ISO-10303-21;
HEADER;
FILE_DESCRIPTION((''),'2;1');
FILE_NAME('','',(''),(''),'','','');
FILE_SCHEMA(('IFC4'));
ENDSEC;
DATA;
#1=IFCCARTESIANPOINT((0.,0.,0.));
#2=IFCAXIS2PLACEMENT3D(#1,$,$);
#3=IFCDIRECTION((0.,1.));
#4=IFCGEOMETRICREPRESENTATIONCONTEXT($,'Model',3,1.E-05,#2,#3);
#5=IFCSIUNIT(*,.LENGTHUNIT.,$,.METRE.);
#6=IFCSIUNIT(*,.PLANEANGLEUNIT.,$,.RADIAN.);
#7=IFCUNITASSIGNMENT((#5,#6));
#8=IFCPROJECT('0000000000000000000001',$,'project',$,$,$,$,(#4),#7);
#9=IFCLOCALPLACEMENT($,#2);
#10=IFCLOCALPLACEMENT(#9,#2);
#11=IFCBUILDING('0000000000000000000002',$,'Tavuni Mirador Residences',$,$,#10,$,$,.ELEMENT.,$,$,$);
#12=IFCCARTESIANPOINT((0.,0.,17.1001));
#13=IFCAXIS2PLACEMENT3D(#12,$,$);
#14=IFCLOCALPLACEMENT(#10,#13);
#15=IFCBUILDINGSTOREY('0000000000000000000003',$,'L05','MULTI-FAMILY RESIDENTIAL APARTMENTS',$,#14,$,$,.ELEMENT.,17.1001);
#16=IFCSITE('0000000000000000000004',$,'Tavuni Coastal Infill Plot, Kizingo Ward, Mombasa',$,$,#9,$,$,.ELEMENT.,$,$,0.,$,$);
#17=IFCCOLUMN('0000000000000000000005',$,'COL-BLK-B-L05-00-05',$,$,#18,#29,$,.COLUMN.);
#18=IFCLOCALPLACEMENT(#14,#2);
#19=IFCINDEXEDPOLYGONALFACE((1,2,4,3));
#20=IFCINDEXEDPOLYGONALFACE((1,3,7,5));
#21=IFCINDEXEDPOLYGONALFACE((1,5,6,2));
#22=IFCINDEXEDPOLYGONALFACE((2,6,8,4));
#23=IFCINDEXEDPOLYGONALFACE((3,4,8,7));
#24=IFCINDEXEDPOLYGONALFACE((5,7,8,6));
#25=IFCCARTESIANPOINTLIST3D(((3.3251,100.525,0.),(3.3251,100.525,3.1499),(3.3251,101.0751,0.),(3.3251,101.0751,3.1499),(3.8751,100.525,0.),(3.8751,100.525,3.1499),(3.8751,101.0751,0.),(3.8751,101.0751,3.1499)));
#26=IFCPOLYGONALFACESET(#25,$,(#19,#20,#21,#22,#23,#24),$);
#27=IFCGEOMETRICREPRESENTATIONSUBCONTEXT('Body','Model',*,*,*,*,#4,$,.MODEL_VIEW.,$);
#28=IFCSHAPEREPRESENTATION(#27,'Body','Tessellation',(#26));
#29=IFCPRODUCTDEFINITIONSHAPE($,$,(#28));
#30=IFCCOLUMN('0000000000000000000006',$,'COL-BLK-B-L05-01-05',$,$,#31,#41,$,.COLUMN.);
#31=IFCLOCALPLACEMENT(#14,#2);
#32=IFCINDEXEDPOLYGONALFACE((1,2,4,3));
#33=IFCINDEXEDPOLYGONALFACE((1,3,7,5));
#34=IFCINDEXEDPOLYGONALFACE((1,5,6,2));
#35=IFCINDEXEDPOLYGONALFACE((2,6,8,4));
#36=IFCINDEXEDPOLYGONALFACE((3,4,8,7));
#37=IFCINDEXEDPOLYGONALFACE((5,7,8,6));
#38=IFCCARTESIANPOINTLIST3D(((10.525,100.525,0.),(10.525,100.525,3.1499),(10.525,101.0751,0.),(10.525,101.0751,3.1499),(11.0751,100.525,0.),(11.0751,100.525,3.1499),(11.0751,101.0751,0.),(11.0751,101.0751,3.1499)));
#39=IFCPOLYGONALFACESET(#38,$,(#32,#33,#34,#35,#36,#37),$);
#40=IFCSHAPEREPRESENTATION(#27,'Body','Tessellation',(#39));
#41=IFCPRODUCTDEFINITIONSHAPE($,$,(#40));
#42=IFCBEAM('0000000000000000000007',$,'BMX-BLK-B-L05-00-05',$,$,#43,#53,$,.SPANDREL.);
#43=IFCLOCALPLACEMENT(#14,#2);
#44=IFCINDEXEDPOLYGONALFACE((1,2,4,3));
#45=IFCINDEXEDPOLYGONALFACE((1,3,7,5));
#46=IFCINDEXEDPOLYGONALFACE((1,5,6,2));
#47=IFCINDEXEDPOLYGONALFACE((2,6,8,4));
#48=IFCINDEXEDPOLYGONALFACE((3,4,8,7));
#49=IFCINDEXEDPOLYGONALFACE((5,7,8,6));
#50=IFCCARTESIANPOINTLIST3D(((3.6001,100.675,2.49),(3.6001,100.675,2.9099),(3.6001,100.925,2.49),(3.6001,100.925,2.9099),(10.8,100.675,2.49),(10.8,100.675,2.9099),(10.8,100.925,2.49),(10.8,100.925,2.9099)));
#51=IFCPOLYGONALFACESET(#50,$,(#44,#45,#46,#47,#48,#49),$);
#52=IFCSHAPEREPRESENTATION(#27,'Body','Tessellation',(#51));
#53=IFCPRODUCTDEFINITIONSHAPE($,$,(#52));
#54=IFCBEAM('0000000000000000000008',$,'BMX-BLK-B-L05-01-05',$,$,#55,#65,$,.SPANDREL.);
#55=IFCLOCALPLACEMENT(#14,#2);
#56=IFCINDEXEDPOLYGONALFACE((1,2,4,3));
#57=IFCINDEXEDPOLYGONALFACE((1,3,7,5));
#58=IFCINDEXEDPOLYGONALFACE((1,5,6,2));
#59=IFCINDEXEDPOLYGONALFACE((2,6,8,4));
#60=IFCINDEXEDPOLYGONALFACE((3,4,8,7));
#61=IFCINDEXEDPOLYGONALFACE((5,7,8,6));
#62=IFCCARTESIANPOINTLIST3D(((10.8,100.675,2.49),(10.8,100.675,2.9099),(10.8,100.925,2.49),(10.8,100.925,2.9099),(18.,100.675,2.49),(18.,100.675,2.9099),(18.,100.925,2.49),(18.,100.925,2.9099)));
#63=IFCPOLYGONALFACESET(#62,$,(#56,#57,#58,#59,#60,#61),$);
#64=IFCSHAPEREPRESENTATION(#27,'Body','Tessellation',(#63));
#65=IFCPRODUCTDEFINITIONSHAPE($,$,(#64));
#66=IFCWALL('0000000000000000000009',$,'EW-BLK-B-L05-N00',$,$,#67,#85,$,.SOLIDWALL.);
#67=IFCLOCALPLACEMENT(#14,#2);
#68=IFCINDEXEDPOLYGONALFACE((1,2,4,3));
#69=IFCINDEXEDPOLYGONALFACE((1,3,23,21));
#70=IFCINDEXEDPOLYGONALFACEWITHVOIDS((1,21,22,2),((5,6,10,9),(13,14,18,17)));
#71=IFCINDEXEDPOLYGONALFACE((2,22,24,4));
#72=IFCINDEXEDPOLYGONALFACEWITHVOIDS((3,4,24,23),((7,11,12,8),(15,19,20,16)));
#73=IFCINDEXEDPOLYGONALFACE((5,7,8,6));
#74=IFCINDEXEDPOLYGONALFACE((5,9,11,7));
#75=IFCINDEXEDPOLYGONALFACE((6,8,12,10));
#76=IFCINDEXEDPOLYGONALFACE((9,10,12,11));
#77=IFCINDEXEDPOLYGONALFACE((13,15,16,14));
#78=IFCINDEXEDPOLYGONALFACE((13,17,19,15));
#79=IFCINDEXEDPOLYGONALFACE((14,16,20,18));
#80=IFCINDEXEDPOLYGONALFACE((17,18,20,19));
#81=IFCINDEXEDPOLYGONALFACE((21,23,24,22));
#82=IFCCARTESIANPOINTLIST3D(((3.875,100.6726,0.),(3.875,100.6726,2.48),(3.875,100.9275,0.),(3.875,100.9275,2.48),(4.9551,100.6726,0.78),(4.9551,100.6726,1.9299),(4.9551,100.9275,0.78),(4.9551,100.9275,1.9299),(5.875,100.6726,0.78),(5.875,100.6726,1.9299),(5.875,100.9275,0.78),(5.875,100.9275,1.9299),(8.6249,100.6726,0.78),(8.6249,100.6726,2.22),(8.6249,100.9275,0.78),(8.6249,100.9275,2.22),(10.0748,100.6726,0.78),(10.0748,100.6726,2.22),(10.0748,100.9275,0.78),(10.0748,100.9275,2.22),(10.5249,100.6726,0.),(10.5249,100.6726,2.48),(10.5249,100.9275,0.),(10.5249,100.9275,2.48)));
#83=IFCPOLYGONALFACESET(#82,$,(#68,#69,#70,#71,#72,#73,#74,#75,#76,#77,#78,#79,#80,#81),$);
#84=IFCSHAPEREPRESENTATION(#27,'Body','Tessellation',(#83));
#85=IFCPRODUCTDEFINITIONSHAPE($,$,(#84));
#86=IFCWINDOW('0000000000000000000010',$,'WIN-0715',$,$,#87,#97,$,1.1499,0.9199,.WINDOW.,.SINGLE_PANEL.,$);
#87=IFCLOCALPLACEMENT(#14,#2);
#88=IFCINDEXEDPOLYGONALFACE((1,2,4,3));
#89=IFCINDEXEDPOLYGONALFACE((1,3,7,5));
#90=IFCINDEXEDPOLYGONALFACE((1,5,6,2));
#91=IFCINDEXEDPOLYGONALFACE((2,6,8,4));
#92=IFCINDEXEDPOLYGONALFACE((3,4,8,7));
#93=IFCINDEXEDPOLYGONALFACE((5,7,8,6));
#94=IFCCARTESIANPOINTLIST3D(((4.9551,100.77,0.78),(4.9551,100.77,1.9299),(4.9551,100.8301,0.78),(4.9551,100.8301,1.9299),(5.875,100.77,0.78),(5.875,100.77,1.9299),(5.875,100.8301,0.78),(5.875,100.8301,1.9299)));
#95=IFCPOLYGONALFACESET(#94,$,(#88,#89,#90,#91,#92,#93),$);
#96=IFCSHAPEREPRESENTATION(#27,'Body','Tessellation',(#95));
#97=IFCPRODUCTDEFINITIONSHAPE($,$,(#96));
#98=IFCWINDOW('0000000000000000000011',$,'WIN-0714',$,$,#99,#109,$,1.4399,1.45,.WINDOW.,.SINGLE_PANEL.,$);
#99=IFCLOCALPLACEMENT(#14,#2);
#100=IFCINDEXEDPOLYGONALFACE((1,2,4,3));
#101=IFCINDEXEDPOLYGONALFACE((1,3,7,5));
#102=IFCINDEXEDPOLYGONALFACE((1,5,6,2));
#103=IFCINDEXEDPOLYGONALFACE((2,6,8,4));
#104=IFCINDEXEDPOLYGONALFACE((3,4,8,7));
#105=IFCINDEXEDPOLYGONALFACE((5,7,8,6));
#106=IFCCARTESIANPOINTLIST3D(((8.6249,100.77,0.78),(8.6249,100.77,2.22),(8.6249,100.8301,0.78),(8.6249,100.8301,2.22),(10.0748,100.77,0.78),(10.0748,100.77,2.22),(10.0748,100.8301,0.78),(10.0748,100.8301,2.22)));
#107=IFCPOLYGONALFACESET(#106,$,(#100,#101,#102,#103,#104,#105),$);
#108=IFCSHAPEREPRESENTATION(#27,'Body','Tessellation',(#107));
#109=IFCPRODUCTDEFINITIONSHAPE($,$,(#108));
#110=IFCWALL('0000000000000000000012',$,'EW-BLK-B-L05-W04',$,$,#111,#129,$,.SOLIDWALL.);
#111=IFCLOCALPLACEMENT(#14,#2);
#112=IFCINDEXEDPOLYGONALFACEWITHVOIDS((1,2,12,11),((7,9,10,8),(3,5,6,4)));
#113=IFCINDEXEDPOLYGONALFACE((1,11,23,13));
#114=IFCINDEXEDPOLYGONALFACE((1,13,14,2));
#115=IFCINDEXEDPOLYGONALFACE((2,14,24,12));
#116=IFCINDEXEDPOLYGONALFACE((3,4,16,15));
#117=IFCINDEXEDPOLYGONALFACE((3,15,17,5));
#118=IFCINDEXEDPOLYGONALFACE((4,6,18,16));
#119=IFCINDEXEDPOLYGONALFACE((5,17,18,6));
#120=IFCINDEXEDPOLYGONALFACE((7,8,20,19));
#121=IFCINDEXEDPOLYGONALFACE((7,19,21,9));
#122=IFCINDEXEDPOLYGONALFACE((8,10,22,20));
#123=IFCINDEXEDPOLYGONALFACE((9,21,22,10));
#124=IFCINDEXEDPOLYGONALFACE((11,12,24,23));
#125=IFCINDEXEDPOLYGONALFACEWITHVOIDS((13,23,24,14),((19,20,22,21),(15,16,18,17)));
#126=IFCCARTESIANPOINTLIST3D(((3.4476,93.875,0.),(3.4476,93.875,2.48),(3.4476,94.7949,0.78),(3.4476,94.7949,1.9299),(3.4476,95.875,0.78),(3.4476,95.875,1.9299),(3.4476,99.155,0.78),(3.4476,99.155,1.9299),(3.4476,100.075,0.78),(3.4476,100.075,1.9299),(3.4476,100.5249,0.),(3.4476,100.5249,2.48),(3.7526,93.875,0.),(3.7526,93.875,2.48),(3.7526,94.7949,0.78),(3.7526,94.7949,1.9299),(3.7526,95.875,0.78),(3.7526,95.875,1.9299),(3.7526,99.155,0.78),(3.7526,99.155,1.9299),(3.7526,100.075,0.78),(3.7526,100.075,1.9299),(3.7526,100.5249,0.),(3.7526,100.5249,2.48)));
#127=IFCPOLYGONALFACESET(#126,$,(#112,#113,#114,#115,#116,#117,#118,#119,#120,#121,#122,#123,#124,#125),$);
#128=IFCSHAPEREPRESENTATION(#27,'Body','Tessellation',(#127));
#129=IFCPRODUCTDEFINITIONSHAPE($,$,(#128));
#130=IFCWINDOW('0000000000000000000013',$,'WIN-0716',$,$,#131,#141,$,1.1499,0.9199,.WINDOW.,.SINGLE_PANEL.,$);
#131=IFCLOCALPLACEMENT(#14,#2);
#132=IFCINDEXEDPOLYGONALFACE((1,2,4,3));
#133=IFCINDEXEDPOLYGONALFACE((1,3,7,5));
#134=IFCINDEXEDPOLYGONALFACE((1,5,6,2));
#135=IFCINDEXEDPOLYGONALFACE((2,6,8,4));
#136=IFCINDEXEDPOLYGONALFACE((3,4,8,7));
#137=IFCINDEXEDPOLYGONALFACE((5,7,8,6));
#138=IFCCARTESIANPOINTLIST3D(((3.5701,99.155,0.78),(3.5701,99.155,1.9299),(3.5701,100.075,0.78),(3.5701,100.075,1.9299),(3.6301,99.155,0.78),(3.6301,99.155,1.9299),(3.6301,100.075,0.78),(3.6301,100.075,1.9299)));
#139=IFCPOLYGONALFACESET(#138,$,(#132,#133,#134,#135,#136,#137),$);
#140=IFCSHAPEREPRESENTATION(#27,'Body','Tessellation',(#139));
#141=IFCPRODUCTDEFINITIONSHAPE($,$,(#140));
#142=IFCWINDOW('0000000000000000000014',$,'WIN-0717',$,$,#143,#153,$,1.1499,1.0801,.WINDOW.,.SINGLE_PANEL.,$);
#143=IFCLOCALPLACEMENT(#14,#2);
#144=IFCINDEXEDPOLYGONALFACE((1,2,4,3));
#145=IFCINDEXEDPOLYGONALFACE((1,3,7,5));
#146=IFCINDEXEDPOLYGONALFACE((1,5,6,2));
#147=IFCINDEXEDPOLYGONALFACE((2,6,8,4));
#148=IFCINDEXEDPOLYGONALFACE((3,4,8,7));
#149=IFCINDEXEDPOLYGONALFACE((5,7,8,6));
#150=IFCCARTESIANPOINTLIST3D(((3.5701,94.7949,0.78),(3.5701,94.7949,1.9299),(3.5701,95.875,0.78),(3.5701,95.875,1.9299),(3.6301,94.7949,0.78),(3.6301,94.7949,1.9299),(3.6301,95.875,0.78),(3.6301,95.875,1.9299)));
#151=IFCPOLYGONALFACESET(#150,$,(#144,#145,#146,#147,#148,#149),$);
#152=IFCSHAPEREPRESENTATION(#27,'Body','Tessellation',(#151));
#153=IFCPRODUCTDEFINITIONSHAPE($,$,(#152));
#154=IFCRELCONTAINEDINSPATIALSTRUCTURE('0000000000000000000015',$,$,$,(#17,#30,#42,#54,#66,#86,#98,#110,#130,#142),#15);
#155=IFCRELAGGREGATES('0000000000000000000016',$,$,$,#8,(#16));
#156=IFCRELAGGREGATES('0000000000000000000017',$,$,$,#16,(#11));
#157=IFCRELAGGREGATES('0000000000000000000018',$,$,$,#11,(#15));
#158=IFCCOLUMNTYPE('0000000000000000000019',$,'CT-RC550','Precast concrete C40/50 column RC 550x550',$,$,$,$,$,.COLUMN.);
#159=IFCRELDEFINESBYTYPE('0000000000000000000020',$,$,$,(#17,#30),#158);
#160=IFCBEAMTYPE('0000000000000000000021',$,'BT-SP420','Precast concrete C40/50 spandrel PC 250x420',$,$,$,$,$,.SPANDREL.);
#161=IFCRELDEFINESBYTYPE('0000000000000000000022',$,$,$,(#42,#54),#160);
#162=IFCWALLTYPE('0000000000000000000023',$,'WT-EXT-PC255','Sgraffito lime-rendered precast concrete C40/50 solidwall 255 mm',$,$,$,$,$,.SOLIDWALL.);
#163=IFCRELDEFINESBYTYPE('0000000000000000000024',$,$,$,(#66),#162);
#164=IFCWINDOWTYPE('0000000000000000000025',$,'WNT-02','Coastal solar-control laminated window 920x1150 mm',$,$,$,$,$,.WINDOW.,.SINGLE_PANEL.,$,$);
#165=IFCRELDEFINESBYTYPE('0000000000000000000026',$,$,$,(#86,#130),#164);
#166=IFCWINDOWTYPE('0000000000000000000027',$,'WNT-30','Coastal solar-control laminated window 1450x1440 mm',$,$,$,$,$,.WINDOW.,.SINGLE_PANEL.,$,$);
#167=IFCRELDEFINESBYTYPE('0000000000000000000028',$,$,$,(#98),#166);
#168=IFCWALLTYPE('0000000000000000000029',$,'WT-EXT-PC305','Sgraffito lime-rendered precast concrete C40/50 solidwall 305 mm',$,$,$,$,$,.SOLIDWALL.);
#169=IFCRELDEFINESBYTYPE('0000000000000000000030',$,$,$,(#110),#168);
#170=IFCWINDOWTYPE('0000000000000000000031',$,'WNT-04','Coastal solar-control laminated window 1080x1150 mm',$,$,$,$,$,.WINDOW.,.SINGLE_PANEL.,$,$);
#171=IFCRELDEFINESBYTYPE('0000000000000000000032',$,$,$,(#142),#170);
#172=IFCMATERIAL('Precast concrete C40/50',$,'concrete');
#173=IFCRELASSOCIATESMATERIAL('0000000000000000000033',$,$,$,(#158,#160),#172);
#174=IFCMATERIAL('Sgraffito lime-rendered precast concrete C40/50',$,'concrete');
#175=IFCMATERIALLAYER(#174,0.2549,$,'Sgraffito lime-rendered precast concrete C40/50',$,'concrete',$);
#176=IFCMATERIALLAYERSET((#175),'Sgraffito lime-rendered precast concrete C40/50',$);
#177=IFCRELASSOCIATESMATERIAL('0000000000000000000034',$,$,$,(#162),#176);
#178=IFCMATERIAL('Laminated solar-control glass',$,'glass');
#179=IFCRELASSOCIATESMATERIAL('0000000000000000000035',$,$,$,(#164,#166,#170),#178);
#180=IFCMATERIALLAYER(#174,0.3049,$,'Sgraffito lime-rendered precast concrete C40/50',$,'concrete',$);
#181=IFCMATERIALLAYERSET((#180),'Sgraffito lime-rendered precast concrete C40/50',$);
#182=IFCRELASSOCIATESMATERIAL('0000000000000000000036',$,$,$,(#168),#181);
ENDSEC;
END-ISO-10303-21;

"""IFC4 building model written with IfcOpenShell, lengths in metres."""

from ifc_helpers import new_model, si_unit, direction, frame, frame_2d, origin, origin_2d, place, context, subcontext, project, spatial, rectangle, extrude, material, layer, layer_set, material_profile, profile_set, type_object, element, fill, save


model = new_model("IFC4")

# Units and contexts
model_context = context("Model", 3, precision=1e-05, world=origin(), true_north=direction((0.0, 1.0)))
body_context = subcontext(model_context, "Body", "Model", "MODEL_VIEW")
ifc_project = project(units=[si_unit("LENGTHUNIT", "METRE"), si_unit("PLANEANGLEUNIT", "RADIAN")], contexts=[model_context])

# Site, building, storey
site_placement = place(None, origin())
site = spatial("IfcSite", under=ifc_project, at=site_placement, Name="Tavuni Coastal Infill Plot, Kizingo Ward, Mombasa", CompositionType="ELEMENT", RefElevation=0.0)
building_placement = place(site_placement, origin())
building = spatial("IfcBuilding", under=site, at=building_placement, Name="Tavuni Mirador Residences", CompositionType="ELEMENT")
storey_placement = place(building_placement, frame((0.0, 0.0, 17.1001)))
storey = spatial("IfcBuildingStorey", under=building, at=storey_placement, Name="L05", Description="MULTI-FAMILY RESIDENTIAL APARTMENTS", CompositionType="ELEMENT", Elevation=17.1001)

# Columns
ifc_material_1 = material(Name="Precast concrete C40/50", Category="concrete")
ifc_material_profile_1 = material_profile(ifc_material_1, rectangle(XDim=0.55, YDim=0.55, at=origin_2d()), Name="RC 550x550", Category="concrete")
ifc_profile_set_1 = profile_set([ifc_material_profile_1], Name="Precast concrete C40/50")
column_type = type_object("IfcColumnType", Name="CT-RC550", Description="Precast concrete C40/50 column RC 550x550", PredefinedType="COLUMN", material=ifc_profile_set_1)
for number, where, z_axis, x_axis, name in (
    (1, (3.6001, 100.8, 0.0), (0.0, 0.0, 1.0), (1.0, 0.0, 0.0), "COL-BLK-B-L05-00-05"),
    (2, (10.8, 100.8, 0.0), (0.0, 0.0, 1.0), (1.0, 0.0, 0.0), "COL-BLK-B-L05-01-05"),
):
    element("IfcColumn", number, at=place(storey_placement, frame(where, z_axis=z_axis, x_axis=x_axis)), inside=storey, type_object=column_type, Name=name, PredefinedType="COLUMN", context=body_context, shape_type="SweptSolid", body=[
        extrude(rectangle(XDim=0.55, YDim=0.55, at=origin_2d()), origin(), (0.0, 0.0, 1.0), 3.1499),
    ])

# Beams
ifc_material_profile_2 = material_profile(ifc_material_1, rectangle(XDim=0.25, YDim=0.4199, at=origin_2d()), Name="PC 250x420", Category="concrete")
ifc_profile_set_2 = profile_set([ifc_material_profile_2], Name="Precast concrete C40/50")
beam_type = type_object("IfcBeamType", Name="BT-SP420", Description="Precast concrete C40/50 spandrel PC 250x420", PredefinedType="SPANDREL", material=ifc_profile_set_2)
for number, where, z_axis, x_axis, name in (
    (3, (3.6001, 100.8, 2.7), (1.0, 0.0, 0.0), (0.0, 1.0, 0.0), "BMX-BLK-B-L05-00-05"),
    (4, (10.8, 100.8, 2.7), (1.0, 0.0, 0.0), (0.0, 1.0, 0.0), "BMX-BLK-B-L05-01-05"),
):
    element("IfcBeam", number, at=place(storey_placement, frame(where, z_axis=z_axis, x_axis=x_axis)), inside=storey, type_object=beam_type, Name=name, PredefinedType="SPANDREL", context=body_context, shape_type="SweptSolid", body=[
        extrude(rectangle(XDim=0.25, YDim=0.4199, at=origin_2d()), origin(), (0.0, 0.0, 1.0), 7.2),
    ])

# Walls, openings, windows
ifc_material_2 = material(Name="Sgraffito lime-rendered precast concrete C40/50", Category="concrete")
ifc_layer_1 = layer(ifc_material_2, 0.2549, Name="Sgraffito lime-rendered precast concrete C40/50", Category="concrete")
ifc_layer_set_1 = layer_set([ifc_layer_1], Name="Sgraffito lime-rendered precast concrete C40/50")
wall_type_1 = type_object("IfcWallType", Name="WT-EXT-PC255", Description="Sgraffito lime-rendered precast concrete C40/50 solidwall 255 mm", PredefinedType="SOLIDWALL", material=ifc_layer_set_1)
wall_1_placement = place(storey_placement, frame((10.5249, 100.8, 0.0), z_axis=(0.0, 0.0, 1.0), x_axis=(-1.0, 0.0, 0.0)))
wall_1 = element("IfcWall", 5, at=wall_1_placement, inside=storey, type_object=wall_type_1, Name="EW-BLK-B-L05-N00", PredefinedType="SOLIDWALL", context=body_context, shape_type="SweptSolid", body=[
    extrude(rectangle(XDim=6.6499, YDim=0.2549, at=frame_2d((3.325, 0.0))), origin(), (0.0, 0.0, 1.0), 2.48),
])
opening_1_placement = place(wall_1_placement, frame((0.45, 0.0, 0.78)))
opening_1 = element("IfcOpeningElement", 6, at=opening_1_placement, cuts=wall_1, PredefinedType="OPENING", context=body_context, shape_type="SweptSolid", body=[
    extrude(rectangle(XDim=1.45, YDim=1.4399, at=frame_2d((0.7251, 0.72))), frame((0.0, 0.1375, 0.0), z_axis=(0.0, -1.0, 0.0), x_axis=(1.0, 0.0, 0.0)), (0.0, 0.0, 1.0), 0.2749),
])
opening_2_placement = place(wall_1_placement, frame((4.6499, 0.0, 0.78)))
opening_2 = element("IfcOpeningElement", 7, at=opening_2_placement, cuts=wall_1, PredefinedType="OPENING", context=body_context, shape_type="SweptSolid", body=[
    extrude(rectangle(XDim=0.9199, YDim=1.1499, at=frame_2d((0.46, 0.575))), frame((0.0, 0.1375, 0.0), z_axis=(0.0, -1.0, 0.0), x_axis=(1.0, 0.0, 0.0)), (0.0, 0.0, 1.0), 0.2749),
])
ifc_material_3 = material(Name="Laminated solar-control glass", Category="glass")
window_type_1 = type_object("IfcWindowType", Name="WNT-02", Description="Coastal solar-control laminated window 920x1150 mm", PartitioningType="SINGLE_PANEL", PredefinedType="WINDOW", material=ifc_material_3)
window_1_placement = place(opening_2_placement, origin())
window_1 = element("IfcWindow", 8, at=window_1_placement, inside=storey, type_object=window_type_1, Name="WIN-0715", OverallHeight=1.1499, OverallWidth=0.9199, PartitioningType="SINGLE_PANEL", PredefinedType="WINDOW", context=body_context, shape_type="SweptSolid", body=[
    extrude(rectangle(XDim=0.9199, YDim=1.1499, at=frame_2d((0.46, 0.575))), frame((0.0, 0.03, 0.0), z_axis=(0.0, -1.0, 0.0), x_axis=(1.0, 0.0, 0.0)), (0.0, 0.0, 1.0), 0.0601),
])
fill(opening_2, window_1)
window_type_2 = type_object("IfcWindowType", Name="WNT-30", Description="Coastal solar-control laminated window 1450x1440 mm", PartitioningType="SINGLE_PANEL", PredefinedType="WINDOW", material=ifc_material_3)
window_2_placement = place(opening_1_placement, origin())
window_2 = element("IfcWindow", 9, at=window_2_placement, inside=storey, type_object=window_type_2, Name="WIN-0714", OverallHeight=1.4399, OverallWidth=1.45, PartitioningType="SINGLE_PANEL", PredefinedType="WINDOW", context=body_context, shape_type="SweptSolid", body=[
    extrude(rectangle(XDim=1.45, YDim=1.4399, at=frame_2d((0.7251, 0.72))), frame((0.0, 0.03, 0.0), z_axis=(0.0, -1.0, 0.0), x_axis=(1.0, 0.0, 0.0)), (0.0, 0.0, 1.0), 0.0601),
])
fill(opening_1, window_2)
ifc_layer_2 = layer(ifc_material_2, 0.3049, Name="Sgraffito lime-rendered precast concrete C40/50", Category="concrete")
ifc_layer_set_2 = layer_set([ifc_layer_2], Name="Sgraffito lime-rendered precast concrete C40/50")
wall_type_2 = type_object("IfcWallType", Name="WT-EXT-PC305", Description="Sgraffito lime-rendered precast concrete C40/50 solidwall 305 mm", PredefinedType="SOLIDWALL", material=ifc_layer_set_2)
wall_2_placement = place(storey_placement, frame((3.6001, 100.5249, 0.0), z_axis=(0.0, 0.0, 1.0), x_axis=(0.0, -1.0, 0.0)))
wall_2 = element("IfcWall", 10, at=wall_2_placement, inside=storey, type_object=wall_type_2, Name="EW-BLK-B-L05-W04", PredefinedType="SOLIDWALL", context=body_context, shape_type="SweptSolid", body=[
    extrude(rectangle(XDim=6.6499, YDim=0.3049, at=frame_2d((3.325, 0.0))), origin(), (0.0, 0.0, 1.0), 2.48),
])
opening_3_placement = place(wall_2_placement, frame((0.45, 0.0, 0.78)))
opening_3 = element("IfcOpeningElement", 11, at=opening_3_placement, cuts=wall_2, PredefinedType="OPENING", context=body_context, shape_type="SweptSolid", body=[
    extrude(rectangle(XDim=0.9199, YDim=1.1499, at=frame_2d((0.46, 0.575))), frame((0.0, 0.1626, 0.0), z_axis=(0.0, -1.0, 0.0), x_axis=(1.0, 0.0, 0.0)), (0.0, 0.0, 1.0), 0.325),
])
opening_4_placement = place(wall_2_placement, frame((4.6499, 0.0, 0.78)))
opening_4 = element("IfcOpeningElement", 12, at=opening_4_placement, cuts=wall_2, PredefinedType="OPENING", context=body_context, shape_type="SweptSolid", body=[
    extrude(rectangle(XDim=1.0801, YDim=1.1499, at=frame_2d((0.54, 0.575))), frame((0.0, 0.1626, 0.0), z_axis=(0.0, -1.0, 0.0), x_axis=(1.0, 0.0, 0.0)), (0.0, 0.0, 1.0), 0.325),
])
window_3_placement = place(opening_3_placement, origin())
window_3 = element("IfcWindow", 13, at=window_3_placement, inside=storey, type_object=window_type_1, Name="WIN-0716", OverallHeight=1.1499, OverallWidth=0.9199, PartitioningType="SINGLE_PANEL", PredefinedType="WINDOW", context=body_context, shape_type="SweptSolid", body=[
    extrude(rectangle(XDim=0.9199, YDim=1.1499, at=frame_2d((0.46, 0.575))), frame((0.0, 0.03, 0.0), z_axis=(0.0, -1.0, 0.0), x_axis=(1.0, 0.0, 0.0)), (0.0, 0.0, 1.0), 0.0601),
])
fill(opening_3, window_3)
window_type_3 = type_object("IfcWindowType", Name="WNT-04", Description="Coastal solar-control laminated window 1080x1150 mm", PartitioningType="SINGLE_PANEL", PredefinedType="WINDOW", material=ifc_material_3)
window_4_placement = place(opening_4_placement, origin())
window_4 = element("IfcWindow", 14, at=window_4_placement, inside=storey, type_object=window_type_3, Name="WIN-0717", OverallHeight=1.1499, OverallWidth=1.0801, PartitioningType="SINGLE_PANEL", PredefinedType="WINDOW", context=body_context, shape_type="SweptSolid", body=[
    extrude(rectangle(XDim=1.0801, YDim=1.1499, at=frame_2d((0.54, 0.575))), frame((0.0, 0.03, 0.0), z_axis=(0.0, -1.0, 0.0), x_axis=(1.0, 0.0, 0.0)), (0.0, 0.0, 1.0), 0.0601),
])
fill(opening_4, window_4)

save(model, "model.ifc")
